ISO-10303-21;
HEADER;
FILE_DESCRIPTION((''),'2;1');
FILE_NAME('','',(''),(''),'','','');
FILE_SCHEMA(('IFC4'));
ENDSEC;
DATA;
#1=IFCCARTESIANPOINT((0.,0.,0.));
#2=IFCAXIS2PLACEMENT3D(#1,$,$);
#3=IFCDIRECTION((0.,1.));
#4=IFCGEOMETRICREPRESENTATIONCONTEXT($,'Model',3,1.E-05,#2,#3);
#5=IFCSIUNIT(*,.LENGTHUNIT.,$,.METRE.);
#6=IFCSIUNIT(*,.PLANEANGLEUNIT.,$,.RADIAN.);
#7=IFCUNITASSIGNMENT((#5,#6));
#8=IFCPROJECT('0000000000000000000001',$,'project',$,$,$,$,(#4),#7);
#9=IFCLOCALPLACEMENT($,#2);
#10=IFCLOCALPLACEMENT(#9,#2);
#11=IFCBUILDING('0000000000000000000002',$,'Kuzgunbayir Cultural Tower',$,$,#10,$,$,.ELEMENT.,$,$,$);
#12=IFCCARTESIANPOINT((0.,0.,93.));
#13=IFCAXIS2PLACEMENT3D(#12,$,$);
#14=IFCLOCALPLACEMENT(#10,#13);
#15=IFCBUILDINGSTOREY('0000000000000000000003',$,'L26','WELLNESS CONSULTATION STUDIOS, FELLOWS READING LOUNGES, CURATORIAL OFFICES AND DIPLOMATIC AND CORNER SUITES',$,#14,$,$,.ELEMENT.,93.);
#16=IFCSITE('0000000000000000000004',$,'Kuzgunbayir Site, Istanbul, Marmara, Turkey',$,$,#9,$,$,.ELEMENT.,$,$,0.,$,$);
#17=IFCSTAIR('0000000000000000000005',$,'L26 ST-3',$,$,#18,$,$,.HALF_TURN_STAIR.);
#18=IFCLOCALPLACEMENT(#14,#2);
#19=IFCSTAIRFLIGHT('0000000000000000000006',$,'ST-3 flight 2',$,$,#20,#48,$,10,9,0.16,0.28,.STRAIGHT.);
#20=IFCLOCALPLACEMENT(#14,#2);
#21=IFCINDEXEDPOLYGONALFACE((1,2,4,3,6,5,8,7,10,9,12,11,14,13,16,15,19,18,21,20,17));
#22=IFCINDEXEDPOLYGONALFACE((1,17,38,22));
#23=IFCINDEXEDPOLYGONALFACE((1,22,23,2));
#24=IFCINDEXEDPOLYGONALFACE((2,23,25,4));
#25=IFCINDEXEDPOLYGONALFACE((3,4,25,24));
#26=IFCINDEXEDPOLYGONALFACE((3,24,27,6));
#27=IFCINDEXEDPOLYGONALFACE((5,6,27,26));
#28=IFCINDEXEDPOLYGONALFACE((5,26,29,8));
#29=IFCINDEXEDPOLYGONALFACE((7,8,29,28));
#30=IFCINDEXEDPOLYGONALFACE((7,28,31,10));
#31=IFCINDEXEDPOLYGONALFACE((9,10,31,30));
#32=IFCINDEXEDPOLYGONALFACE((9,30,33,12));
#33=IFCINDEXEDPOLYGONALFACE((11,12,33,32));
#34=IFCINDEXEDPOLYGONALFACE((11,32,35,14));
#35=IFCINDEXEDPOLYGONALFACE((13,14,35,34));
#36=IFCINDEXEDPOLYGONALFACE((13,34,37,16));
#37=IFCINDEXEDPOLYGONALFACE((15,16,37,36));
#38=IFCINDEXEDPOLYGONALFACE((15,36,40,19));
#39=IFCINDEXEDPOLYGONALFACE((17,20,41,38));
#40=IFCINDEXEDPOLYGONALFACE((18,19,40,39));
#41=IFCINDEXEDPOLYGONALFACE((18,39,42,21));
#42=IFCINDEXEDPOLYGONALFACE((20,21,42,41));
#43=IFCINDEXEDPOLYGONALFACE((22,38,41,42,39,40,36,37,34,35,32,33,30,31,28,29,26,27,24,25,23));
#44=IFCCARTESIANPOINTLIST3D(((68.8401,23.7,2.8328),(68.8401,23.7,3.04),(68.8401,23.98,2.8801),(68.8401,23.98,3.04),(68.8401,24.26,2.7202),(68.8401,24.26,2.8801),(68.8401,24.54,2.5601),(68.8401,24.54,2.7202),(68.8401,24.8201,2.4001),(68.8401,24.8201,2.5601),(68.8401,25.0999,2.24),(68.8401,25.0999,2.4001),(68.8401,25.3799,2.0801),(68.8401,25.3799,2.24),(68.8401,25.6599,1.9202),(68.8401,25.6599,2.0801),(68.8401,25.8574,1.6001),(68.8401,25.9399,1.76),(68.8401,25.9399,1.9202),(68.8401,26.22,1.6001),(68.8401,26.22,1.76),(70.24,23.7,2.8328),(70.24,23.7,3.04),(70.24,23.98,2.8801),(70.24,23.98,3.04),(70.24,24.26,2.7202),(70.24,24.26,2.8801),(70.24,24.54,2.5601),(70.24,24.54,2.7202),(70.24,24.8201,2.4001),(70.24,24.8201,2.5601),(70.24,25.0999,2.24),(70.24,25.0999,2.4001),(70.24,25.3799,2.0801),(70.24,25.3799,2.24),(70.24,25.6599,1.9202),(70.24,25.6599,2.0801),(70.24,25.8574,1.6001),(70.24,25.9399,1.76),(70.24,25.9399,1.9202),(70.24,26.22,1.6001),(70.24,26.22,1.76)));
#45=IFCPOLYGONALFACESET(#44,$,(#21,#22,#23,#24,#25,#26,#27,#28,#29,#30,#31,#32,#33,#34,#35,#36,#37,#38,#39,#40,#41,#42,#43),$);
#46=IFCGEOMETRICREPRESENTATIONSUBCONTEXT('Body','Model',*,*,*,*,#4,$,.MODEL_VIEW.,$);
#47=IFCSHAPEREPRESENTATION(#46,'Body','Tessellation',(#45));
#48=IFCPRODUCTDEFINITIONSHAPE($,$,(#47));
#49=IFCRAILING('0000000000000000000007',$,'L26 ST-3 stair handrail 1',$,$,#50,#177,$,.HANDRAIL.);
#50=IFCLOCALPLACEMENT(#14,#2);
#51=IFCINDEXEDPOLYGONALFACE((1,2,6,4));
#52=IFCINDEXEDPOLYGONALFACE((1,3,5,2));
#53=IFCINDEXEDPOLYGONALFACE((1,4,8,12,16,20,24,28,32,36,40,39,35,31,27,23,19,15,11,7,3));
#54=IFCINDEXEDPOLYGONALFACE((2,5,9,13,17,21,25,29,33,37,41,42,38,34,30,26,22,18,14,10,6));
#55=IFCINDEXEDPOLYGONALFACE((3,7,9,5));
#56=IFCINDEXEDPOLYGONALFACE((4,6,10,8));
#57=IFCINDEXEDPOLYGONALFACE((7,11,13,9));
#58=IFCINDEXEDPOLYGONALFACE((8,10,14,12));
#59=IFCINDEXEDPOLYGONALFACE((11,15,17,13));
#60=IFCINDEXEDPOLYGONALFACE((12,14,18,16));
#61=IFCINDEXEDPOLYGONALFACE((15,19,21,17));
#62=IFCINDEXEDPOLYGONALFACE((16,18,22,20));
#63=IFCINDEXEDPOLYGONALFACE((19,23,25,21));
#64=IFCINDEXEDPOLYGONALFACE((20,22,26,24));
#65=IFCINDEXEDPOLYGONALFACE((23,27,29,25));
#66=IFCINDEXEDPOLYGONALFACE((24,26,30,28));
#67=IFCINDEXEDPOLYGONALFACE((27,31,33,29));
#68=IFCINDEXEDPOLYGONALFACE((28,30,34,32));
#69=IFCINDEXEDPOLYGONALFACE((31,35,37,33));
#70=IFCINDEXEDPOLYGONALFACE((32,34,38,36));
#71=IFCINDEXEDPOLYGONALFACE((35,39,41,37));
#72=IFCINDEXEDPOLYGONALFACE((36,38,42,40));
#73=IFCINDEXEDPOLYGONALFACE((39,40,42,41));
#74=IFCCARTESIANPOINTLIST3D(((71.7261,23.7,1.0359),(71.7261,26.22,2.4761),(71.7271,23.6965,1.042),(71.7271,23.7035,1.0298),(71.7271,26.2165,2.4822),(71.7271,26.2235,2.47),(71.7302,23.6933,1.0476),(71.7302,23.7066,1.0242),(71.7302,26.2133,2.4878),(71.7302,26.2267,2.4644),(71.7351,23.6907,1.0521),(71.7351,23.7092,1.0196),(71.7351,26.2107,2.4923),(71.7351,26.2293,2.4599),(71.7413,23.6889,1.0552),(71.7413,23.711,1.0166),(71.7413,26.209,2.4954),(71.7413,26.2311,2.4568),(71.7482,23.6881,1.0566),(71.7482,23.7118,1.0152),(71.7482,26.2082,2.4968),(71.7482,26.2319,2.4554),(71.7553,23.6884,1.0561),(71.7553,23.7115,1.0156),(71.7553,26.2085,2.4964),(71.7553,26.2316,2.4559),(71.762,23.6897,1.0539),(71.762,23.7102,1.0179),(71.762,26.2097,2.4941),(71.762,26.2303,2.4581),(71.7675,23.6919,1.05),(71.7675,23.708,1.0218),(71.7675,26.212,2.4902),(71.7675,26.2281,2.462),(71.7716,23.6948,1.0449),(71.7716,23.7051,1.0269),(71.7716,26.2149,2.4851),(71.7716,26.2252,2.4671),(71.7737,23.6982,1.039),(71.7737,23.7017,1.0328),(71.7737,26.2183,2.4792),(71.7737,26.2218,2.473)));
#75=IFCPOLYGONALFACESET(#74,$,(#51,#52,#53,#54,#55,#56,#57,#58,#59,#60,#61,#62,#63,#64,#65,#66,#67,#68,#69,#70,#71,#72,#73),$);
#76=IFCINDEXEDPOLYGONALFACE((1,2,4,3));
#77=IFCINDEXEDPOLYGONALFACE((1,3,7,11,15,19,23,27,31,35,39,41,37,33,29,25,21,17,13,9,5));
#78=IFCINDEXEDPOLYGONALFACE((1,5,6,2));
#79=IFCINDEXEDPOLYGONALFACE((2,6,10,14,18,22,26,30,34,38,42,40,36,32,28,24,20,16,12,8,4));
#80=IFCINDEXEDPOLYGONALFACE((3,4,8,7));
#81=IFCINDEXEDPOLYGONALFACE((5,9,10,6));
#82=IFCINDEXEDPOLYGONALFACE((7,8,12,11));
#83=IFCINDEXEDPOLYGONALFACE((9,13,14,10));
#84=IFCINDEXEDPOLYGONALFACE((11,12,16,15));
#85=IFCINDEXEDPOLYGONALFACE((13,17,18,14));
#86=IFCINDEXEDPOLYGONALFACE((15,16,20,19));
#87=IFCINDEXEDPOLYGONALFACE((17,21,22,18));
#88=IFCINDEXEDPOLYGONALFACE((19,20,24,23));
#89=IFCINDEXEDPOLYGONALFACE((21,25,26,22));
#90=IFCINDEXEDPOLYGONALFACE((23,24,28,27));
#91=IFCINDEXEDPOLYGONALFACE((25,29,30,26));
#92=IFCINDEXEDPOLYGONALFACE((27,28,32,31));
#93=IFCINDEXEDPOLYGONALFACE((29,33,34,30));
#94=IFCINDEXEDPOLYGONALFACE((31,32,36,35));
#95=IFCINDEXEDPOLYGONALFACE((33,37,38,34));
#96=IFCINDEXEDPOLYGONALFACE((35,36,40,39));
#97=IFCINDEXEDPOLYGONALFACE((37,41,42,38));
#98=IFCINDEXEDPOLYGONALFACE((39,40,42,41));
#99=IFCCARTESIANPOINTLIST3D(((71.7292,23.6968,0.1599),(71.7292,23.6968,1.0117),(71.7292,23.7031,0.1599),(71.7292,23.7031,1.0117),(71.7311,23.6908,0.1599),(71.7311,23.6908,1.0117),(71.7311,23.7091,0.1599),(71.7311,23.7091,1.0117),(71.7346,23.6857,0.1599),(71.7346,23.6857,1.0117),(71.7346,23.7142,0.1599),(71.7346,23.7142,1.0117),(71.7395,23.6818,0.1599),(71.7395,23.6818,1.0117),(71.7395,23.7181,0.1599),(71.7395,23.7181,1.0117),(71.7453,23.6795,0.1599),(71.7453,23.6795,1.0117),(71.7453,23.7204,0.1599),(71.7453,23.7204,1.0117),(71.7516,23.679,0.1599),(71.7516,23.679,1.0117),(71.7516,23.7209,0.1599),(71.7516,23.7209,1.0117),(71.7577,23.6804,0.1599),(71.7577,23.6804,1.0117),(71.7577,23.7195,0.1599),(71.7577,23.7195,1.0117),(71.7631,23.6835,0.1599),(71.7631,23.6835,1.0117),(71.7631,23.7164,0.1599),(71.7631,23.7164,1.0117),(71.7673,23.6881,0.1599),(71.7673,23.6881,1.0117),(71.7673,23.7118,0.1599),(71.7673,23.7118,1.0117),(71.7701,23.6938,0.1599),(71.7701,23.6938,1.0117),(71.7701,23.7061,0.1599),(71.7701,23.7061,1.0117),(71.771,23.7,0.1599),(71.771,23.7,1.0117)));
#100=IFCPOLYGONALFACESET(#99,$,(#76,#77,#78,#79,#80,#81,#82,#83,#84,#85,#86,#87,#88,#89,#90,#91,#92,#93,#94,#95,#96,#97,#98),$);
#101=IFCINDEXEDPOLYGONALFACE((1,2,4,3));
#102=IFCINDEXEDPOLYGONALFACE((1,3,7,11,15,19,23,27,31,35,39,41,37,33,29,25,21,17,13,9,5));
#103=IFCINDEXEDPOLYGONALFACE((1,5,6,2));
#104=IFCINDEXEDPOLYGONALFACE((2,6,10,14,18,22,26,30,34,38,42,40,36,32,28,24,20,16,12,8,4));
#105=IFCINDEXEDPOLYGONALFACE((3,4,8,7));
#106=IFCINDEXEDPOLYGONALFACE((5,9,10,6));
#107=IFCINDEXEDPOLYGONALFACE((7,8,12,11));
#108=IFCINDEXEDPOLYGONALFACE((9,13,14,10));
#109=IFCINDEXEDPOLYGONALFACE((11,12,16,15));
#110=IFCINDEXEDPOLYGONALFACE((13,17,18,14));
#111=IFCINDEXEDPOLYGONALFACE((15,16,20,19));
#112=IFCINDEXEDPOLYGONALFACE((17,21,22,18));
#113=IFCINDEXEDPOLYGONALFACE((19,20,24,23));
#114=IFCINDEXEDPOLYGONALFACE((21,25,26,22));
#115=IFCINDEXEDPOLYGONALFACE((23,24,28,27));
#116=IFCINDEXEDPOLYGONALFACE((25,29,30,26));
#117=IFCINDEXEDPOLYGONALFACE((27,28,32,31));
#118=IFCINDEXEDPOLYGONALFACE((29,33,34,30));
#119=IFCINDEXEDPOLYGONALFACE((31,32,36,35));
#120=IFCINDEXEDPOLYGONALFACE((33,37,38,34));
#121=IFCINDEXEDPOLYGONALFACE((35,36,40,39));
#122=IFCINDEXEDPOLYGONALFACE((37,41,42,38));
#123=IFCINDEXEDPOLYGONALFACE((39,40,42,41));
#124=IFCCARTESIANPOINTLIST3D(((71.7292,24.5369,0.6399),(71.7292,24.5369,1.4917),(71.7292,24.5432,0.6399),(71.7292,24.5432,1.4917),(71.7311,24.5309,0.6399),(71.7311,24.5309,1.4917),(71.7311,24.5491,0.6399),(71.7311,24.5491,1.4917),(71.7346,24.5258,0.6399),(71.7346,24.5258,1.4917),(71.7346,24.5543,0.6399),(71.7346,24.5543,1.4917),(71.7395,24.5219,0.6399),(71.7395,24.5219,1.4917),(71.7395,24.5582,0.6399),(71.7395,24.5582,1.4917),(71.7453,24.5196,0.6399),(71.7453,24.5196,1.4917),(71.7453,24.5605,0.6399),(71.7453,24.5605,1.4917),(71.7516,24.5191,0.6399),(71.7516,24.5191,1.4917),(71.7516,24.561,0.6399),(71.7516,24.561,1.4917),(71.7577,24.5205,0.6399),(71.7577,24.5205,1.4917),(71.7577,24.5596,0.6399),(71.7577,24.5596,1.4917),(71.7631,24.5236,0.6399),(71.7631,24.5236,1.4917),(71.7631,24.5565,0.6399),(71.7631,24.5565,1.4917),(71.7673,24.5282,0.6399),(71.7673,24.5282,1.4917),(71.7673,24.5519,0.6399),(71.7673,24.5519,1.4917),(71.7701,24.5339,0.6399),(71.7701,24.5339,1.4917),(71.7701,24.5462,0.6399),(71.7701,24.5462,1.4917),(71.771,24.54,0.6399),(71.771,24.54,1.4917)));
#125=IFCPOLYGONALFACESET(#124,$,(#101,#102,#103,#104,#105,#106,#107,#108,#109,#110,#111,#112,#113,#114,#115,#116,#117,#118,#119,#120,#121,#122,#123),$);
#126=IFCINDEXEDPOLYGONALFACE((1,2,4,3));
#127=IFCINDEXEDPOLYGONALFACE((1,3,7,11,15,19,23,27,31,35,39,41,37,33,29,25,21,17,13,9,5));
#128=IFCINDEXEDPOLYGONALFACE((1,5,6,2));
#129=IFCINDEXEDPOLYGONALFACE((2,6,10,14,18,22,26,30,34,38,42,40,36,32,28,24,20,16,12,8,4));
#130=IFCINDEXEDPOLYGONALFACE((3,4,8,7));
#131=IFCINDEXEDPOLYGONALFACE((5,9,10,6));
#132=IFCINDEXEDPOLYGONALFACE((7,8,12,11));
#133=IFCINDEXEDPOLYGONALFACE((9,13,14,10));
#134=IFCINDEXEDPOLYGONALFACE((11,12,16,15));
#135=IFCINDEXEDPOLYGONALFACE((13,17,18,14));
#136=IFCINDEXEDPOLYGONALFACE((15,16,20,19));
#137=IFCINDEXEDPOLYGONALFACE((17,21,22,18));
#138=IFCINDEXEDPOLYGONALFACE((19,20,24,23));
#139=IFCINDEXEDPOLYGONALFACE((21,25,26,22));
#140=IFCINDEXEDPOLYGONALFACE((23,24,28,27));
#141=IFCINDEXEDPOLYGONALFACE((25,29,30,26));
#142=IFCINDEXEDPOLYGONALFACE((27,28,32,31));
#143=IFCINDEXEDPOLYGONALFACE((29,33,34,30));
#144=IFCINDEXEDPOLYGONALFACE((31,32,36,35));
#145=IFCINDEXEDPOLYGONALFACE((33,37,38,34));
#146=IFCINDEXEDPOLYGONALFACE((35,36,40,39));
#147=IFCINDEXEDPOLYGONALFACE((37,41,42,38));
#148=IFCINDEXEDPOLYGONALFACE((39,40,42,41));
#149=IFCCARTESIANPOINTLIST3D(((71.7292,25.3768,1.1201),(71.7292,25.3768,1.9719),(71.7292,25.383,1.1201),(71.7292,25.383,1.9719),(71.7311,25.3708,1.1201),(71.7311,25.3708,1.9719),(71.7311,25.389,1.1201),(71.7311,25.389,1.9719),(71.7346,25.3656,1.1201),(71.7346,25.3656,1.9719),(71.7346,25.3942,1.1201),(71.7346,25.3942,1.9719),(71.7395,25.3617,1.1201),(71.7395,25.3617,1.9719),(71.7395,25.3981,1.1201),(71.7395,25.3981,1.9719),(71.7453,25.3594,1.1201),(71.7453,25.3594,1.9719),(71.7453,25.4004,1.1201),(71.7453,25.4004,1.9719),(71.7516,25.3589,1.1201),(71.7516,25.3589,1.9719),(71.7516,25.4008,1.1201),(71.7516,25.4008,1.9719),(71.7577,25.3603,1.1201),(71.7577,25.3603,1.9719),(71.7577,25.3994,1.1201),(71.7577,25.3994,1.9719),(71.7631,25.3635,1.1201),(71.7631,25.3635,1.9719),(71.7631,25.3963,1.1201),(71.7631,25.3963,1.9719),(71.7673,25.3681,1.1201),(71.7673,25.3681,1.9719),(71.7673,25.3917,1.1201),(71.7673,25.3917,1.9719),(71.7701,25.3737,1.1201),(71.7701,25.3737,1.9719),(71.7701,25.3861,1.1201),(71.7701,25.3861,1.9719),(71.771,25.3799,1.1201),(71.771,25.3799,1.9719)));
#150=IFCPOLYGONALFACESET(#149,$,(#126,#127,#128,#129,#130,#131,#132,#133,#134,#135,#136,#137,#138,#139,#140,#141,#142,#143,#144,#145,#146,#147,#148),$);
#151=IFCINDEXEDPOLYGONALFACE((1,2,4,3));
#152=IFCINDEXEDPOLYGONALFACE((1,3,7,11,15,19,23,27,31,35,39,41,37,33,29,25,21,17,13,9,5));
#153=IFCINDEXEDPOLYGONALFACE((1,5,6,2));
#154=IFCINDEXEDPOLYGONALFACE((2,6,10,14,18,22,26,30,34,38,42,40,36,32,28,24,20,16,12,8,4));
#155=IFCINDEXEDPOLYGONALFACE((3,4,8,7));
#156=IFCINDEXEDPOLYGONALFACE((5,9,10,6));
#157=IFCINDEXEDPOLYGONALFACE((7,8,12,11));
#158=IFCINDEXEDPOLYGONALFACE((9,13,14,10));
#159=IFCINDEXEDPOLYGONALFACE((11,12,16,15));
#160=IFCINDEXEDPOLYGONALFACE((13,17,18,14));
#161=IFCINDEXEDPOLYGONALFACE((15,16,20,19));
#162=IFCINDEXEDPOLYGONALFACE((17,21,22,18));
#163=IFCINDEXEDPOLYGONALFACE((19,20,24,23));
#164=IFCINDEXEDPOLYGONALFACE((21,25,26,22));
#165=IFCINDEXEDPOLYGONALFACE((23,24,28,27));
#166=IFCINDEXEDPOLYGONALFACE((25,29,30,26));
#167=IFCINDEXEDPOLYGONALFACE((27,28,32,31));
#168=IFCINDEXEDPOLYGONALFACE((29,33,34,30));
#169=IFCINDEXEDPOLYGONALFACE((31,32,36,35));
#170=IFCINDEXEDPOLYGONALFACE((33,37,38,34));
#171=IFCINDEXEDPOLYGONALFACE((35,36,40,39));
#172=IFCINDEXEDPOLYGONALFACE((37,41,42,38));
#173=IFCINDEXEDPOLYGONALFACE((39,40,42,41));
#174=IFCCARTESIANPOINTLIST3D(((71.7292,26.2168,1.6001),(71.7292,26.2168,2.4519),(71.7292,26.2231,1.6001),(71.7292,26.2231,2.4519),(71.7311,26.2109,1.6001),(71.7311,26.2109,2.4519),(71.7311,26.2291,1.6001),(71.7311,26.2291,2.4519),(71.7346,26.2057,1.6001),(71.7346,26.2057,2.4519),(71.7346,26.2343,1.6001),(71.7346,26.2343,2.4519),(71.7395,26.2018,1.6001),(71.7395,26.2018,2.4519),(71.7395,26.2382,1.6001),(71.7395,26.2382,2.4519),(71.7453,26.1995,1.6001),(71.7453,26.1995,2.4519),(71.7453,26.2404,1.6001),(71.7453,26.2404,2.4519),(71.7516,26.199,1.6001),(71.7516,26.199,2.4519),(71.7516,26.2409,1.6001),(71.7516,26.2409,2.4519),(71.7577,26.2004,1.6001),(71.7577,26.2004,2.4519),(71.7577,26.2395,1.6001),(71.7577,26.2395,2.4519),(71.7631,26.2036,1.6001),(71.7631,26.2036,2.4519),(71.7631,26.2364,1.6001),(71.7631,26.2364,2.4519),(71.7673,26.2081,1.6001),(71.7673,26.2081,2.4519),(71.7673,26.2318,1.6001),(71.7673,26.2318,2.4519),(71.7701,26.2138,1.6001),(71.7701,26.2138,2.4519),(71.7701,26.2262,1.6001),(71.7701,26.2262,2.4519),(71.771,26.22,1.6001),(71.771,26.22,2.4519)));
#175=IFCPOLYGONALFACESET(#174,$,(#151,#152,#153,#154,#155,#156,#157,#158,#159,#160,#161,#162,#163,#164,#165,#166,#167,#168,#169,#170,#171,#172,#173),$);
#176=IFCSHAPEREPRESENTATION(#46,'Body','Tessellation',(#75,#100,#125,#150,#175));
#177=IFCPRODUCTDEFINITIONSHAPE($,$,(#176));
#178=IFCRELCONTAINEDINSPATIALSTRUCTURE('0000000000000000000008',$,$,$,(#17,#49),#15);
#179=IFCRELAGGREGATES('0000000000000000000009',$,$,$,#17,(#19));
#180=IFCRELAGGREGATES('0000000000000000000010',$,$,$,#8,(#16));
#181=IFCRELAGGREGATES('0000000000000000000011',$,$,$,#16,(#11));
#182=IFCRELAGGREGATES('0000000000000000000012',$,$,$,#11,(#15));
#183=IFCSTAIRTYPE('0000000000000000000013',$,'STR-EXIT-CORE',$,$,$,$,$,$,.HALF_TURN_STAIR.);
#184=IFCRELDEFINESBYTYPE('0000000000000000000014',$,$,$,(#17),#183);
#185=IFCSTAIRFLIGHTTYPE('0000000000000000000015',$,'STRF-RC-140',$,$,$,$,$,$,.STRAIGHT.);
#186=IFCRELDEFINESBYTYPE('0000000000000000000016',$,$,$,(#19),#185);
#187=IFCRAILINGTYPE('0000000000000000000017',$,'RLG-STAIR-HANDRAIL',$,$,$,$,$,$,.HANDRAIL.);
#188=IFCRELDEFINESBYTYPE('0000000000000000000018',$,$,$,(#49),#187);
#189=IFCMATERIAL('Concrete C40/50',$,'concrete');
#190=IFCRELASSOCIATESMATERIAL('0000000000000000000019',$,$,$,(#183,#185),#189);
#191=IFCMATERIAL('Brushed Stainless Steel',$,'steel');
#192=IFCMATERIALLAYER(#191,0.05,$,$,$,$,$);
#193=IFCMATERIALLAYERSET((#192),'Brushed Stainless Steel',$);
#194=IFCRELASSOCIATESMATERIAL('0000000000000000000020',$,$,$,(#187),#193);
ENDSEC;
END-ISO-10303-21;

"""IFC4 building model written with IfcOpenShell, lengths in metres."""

from ifc_helpers import new_model, si_unit, direction, frame, origin, origin_2d, place, context, subcontext, project, spatial, polyline, circle, outline, extrude, material, layer, layer_set, type_object, element, aggregate, save


model = new_model("IFC4")

# Units and contexts
model_context = context("Model", 3, precision=1e-05, world=origin(), true_north=direction((0.0, 1.0)))
body_context = subcontext(model_context, "Body", "Model", "MODEL_VIEW")
ifc_project = project(units=[si_unit("LENGTHUNIT", "METRE"), si_unit("PLANEANGLEUNIT", "RADIAN")], contexts=[model_context])

# Site, building, storey
site_placement = place(None, origin())
site = spatial("IfcSite", under=ifc_project, at=site_placement, Name="Kuzgunbayir Site, Istanbul, Marmara, Turkey", CompositionType="ELEMENT", RefElevation=0.0)
building_placement = place(site_placement, origin())
building = spatial("IfcBuilding", under=site, at=building_placement, Name="Kuzgunbayir Cultural Tower", CompositionType="ELEMENT")
storey_placement = place(building_placement, frame((0.0, 0.0, 93.0)))
storey = spatial("IfcBuildingStorey", under=building, at=storey_placement, Name="L26", Description="WELLNESS CONSULTATION STUDIOS, FELLOWS READING LOUNGES, CURATORIAL OFFICES AND DIPLOMATIC AND CORNER SUITES", CompositionType="ELEMENT", Elevation=93.0)

# Shared definitions
ifc_material_1 = material(Name="Concrete C40/50", Category="concrete")
ifc_material_2 = material(Name="Brushed Stainless Steel", Category="steel")

# Stair, stair flight
stair_type = type_object("IfcStairType", Name="STR-EXIT-CORE", PredefinedType="HALF_TURN_STAIR", material=ifc_material_1)
stair_placement = place(storey_placement, origin())
stair = element("IfcStair", 1, at=stair_placement, inside=storey, type_object=stair_type, Name="L26 ST-3", PredefinedType="HALF_TURN_STAIR")
stair_flight_type = type_object("IfcStairFlightType", Name="STRF-RC-140", PredefinedType="STRAIGHT", material=ifc_material_1)
stair_flight_1_placement = place(storey_placement, frame((69.54, 26.22, 1.6001), z_axis=(0.0, 0.0, 1.0), x_axis=(0.0, -1.0, 0.0)))
stair_flight_1 = element("IfcStairFlight", 2, at=stair_flight_1_placement, type_object=stair_flight_type, Name="ST-3 flight 2", NumberOfRisers=10, NumberOfTreads=9, PredefinedType="STRAIGHT", RiserHeight=0.16, TreadLength=0.28, context=body_context, shape_type="SweptSolid", body=[
    extrude(outline(polyline([(0.0, 0.0), (0.0, 0.1599), (0.28, 0.1599), (0.28, 0.3201), (0.5601, 0.3201), (0.5601, 0.48), (0.8401, 0.48), (0.8401, 0.6399), (1.1201, 0.6399), (1.1201, 0.8), (1.3999, 0.8), (1.3999, 0.96), (1.6799, 0.96), (1.6799, 1.1201), (1.96, 1.1201), (1.96, 1.28), (2.24, 1.28), (2.24, 1.4399), (2.52, 1.4399), (2.52, 1.6001), (2.52, 1.2327), (0.3625, 0.0), (0.0, 0.0)])), frame((0.0, 0.7, 0.0), z_axis=(0.0, -1.0, 0.0), x_axis=(1.0, 0.0, 0.0)), (0.0, 0.0, 1.0), 1.3999),
])
aggregate(stair, [stair_flight_1])

# Railing
ifc_layer_1 = layer(ifc_material_2, 0.05)
ifc_layer_set_1 = layer_set([ifc_layer_1], Name="Brushed Stainless Steel")
railing_type_1 = type_object("IfcRailingType", Name="RLG-STAIR-HANDRAIL", PredefinedType="HANDRAIL", material=ifc_layer_set_1)
railing_1_placement = place(storey_placement, frame((71.75, 23.7, 0.1599)))
element("IfcRailing", 3, at=railing_1_placement, inside=storey, type_object=railing_type_1, Name="L26 ST-3 stair handrail 1", PredefinedType="HANDRAIL", context=body_context, shape_type="SweptSolid", body=[
    extrude(circle(Radius=0.0239, at=origin_2d()), frame((0.0, 0.0, 0.876), z_axis=(0.0, 0.868217, 0.496184), x_axis=(-1.0, 0.0, 0.0)), (0.0, 0.0, 1.0), 2.9026),
    extrude(circle(Radius=0.021, at=origin_2d()), origin(), (0.0, 0.0, 1.0), 0.8518),
    extrude(circle(Radius=0.021, at=origin_2d()), frame((0.0, 0.8401, 0.48)), (0.0, 0.0, 1.0), 0.8518),
    extrude(circle(Radius=0.021, at=origin_2d()), frame((0.0, 1.6799, 0.9602)), (0.0, 0.0, 1.0), 0.8518),
    extrude(circle(Radius=0.021, at=origin_2d()), frame((0.0, 2.52, 1.4402)), (0.0, 0.0, 1.0), 0.8518),
])

save(model, "model.ifc")
